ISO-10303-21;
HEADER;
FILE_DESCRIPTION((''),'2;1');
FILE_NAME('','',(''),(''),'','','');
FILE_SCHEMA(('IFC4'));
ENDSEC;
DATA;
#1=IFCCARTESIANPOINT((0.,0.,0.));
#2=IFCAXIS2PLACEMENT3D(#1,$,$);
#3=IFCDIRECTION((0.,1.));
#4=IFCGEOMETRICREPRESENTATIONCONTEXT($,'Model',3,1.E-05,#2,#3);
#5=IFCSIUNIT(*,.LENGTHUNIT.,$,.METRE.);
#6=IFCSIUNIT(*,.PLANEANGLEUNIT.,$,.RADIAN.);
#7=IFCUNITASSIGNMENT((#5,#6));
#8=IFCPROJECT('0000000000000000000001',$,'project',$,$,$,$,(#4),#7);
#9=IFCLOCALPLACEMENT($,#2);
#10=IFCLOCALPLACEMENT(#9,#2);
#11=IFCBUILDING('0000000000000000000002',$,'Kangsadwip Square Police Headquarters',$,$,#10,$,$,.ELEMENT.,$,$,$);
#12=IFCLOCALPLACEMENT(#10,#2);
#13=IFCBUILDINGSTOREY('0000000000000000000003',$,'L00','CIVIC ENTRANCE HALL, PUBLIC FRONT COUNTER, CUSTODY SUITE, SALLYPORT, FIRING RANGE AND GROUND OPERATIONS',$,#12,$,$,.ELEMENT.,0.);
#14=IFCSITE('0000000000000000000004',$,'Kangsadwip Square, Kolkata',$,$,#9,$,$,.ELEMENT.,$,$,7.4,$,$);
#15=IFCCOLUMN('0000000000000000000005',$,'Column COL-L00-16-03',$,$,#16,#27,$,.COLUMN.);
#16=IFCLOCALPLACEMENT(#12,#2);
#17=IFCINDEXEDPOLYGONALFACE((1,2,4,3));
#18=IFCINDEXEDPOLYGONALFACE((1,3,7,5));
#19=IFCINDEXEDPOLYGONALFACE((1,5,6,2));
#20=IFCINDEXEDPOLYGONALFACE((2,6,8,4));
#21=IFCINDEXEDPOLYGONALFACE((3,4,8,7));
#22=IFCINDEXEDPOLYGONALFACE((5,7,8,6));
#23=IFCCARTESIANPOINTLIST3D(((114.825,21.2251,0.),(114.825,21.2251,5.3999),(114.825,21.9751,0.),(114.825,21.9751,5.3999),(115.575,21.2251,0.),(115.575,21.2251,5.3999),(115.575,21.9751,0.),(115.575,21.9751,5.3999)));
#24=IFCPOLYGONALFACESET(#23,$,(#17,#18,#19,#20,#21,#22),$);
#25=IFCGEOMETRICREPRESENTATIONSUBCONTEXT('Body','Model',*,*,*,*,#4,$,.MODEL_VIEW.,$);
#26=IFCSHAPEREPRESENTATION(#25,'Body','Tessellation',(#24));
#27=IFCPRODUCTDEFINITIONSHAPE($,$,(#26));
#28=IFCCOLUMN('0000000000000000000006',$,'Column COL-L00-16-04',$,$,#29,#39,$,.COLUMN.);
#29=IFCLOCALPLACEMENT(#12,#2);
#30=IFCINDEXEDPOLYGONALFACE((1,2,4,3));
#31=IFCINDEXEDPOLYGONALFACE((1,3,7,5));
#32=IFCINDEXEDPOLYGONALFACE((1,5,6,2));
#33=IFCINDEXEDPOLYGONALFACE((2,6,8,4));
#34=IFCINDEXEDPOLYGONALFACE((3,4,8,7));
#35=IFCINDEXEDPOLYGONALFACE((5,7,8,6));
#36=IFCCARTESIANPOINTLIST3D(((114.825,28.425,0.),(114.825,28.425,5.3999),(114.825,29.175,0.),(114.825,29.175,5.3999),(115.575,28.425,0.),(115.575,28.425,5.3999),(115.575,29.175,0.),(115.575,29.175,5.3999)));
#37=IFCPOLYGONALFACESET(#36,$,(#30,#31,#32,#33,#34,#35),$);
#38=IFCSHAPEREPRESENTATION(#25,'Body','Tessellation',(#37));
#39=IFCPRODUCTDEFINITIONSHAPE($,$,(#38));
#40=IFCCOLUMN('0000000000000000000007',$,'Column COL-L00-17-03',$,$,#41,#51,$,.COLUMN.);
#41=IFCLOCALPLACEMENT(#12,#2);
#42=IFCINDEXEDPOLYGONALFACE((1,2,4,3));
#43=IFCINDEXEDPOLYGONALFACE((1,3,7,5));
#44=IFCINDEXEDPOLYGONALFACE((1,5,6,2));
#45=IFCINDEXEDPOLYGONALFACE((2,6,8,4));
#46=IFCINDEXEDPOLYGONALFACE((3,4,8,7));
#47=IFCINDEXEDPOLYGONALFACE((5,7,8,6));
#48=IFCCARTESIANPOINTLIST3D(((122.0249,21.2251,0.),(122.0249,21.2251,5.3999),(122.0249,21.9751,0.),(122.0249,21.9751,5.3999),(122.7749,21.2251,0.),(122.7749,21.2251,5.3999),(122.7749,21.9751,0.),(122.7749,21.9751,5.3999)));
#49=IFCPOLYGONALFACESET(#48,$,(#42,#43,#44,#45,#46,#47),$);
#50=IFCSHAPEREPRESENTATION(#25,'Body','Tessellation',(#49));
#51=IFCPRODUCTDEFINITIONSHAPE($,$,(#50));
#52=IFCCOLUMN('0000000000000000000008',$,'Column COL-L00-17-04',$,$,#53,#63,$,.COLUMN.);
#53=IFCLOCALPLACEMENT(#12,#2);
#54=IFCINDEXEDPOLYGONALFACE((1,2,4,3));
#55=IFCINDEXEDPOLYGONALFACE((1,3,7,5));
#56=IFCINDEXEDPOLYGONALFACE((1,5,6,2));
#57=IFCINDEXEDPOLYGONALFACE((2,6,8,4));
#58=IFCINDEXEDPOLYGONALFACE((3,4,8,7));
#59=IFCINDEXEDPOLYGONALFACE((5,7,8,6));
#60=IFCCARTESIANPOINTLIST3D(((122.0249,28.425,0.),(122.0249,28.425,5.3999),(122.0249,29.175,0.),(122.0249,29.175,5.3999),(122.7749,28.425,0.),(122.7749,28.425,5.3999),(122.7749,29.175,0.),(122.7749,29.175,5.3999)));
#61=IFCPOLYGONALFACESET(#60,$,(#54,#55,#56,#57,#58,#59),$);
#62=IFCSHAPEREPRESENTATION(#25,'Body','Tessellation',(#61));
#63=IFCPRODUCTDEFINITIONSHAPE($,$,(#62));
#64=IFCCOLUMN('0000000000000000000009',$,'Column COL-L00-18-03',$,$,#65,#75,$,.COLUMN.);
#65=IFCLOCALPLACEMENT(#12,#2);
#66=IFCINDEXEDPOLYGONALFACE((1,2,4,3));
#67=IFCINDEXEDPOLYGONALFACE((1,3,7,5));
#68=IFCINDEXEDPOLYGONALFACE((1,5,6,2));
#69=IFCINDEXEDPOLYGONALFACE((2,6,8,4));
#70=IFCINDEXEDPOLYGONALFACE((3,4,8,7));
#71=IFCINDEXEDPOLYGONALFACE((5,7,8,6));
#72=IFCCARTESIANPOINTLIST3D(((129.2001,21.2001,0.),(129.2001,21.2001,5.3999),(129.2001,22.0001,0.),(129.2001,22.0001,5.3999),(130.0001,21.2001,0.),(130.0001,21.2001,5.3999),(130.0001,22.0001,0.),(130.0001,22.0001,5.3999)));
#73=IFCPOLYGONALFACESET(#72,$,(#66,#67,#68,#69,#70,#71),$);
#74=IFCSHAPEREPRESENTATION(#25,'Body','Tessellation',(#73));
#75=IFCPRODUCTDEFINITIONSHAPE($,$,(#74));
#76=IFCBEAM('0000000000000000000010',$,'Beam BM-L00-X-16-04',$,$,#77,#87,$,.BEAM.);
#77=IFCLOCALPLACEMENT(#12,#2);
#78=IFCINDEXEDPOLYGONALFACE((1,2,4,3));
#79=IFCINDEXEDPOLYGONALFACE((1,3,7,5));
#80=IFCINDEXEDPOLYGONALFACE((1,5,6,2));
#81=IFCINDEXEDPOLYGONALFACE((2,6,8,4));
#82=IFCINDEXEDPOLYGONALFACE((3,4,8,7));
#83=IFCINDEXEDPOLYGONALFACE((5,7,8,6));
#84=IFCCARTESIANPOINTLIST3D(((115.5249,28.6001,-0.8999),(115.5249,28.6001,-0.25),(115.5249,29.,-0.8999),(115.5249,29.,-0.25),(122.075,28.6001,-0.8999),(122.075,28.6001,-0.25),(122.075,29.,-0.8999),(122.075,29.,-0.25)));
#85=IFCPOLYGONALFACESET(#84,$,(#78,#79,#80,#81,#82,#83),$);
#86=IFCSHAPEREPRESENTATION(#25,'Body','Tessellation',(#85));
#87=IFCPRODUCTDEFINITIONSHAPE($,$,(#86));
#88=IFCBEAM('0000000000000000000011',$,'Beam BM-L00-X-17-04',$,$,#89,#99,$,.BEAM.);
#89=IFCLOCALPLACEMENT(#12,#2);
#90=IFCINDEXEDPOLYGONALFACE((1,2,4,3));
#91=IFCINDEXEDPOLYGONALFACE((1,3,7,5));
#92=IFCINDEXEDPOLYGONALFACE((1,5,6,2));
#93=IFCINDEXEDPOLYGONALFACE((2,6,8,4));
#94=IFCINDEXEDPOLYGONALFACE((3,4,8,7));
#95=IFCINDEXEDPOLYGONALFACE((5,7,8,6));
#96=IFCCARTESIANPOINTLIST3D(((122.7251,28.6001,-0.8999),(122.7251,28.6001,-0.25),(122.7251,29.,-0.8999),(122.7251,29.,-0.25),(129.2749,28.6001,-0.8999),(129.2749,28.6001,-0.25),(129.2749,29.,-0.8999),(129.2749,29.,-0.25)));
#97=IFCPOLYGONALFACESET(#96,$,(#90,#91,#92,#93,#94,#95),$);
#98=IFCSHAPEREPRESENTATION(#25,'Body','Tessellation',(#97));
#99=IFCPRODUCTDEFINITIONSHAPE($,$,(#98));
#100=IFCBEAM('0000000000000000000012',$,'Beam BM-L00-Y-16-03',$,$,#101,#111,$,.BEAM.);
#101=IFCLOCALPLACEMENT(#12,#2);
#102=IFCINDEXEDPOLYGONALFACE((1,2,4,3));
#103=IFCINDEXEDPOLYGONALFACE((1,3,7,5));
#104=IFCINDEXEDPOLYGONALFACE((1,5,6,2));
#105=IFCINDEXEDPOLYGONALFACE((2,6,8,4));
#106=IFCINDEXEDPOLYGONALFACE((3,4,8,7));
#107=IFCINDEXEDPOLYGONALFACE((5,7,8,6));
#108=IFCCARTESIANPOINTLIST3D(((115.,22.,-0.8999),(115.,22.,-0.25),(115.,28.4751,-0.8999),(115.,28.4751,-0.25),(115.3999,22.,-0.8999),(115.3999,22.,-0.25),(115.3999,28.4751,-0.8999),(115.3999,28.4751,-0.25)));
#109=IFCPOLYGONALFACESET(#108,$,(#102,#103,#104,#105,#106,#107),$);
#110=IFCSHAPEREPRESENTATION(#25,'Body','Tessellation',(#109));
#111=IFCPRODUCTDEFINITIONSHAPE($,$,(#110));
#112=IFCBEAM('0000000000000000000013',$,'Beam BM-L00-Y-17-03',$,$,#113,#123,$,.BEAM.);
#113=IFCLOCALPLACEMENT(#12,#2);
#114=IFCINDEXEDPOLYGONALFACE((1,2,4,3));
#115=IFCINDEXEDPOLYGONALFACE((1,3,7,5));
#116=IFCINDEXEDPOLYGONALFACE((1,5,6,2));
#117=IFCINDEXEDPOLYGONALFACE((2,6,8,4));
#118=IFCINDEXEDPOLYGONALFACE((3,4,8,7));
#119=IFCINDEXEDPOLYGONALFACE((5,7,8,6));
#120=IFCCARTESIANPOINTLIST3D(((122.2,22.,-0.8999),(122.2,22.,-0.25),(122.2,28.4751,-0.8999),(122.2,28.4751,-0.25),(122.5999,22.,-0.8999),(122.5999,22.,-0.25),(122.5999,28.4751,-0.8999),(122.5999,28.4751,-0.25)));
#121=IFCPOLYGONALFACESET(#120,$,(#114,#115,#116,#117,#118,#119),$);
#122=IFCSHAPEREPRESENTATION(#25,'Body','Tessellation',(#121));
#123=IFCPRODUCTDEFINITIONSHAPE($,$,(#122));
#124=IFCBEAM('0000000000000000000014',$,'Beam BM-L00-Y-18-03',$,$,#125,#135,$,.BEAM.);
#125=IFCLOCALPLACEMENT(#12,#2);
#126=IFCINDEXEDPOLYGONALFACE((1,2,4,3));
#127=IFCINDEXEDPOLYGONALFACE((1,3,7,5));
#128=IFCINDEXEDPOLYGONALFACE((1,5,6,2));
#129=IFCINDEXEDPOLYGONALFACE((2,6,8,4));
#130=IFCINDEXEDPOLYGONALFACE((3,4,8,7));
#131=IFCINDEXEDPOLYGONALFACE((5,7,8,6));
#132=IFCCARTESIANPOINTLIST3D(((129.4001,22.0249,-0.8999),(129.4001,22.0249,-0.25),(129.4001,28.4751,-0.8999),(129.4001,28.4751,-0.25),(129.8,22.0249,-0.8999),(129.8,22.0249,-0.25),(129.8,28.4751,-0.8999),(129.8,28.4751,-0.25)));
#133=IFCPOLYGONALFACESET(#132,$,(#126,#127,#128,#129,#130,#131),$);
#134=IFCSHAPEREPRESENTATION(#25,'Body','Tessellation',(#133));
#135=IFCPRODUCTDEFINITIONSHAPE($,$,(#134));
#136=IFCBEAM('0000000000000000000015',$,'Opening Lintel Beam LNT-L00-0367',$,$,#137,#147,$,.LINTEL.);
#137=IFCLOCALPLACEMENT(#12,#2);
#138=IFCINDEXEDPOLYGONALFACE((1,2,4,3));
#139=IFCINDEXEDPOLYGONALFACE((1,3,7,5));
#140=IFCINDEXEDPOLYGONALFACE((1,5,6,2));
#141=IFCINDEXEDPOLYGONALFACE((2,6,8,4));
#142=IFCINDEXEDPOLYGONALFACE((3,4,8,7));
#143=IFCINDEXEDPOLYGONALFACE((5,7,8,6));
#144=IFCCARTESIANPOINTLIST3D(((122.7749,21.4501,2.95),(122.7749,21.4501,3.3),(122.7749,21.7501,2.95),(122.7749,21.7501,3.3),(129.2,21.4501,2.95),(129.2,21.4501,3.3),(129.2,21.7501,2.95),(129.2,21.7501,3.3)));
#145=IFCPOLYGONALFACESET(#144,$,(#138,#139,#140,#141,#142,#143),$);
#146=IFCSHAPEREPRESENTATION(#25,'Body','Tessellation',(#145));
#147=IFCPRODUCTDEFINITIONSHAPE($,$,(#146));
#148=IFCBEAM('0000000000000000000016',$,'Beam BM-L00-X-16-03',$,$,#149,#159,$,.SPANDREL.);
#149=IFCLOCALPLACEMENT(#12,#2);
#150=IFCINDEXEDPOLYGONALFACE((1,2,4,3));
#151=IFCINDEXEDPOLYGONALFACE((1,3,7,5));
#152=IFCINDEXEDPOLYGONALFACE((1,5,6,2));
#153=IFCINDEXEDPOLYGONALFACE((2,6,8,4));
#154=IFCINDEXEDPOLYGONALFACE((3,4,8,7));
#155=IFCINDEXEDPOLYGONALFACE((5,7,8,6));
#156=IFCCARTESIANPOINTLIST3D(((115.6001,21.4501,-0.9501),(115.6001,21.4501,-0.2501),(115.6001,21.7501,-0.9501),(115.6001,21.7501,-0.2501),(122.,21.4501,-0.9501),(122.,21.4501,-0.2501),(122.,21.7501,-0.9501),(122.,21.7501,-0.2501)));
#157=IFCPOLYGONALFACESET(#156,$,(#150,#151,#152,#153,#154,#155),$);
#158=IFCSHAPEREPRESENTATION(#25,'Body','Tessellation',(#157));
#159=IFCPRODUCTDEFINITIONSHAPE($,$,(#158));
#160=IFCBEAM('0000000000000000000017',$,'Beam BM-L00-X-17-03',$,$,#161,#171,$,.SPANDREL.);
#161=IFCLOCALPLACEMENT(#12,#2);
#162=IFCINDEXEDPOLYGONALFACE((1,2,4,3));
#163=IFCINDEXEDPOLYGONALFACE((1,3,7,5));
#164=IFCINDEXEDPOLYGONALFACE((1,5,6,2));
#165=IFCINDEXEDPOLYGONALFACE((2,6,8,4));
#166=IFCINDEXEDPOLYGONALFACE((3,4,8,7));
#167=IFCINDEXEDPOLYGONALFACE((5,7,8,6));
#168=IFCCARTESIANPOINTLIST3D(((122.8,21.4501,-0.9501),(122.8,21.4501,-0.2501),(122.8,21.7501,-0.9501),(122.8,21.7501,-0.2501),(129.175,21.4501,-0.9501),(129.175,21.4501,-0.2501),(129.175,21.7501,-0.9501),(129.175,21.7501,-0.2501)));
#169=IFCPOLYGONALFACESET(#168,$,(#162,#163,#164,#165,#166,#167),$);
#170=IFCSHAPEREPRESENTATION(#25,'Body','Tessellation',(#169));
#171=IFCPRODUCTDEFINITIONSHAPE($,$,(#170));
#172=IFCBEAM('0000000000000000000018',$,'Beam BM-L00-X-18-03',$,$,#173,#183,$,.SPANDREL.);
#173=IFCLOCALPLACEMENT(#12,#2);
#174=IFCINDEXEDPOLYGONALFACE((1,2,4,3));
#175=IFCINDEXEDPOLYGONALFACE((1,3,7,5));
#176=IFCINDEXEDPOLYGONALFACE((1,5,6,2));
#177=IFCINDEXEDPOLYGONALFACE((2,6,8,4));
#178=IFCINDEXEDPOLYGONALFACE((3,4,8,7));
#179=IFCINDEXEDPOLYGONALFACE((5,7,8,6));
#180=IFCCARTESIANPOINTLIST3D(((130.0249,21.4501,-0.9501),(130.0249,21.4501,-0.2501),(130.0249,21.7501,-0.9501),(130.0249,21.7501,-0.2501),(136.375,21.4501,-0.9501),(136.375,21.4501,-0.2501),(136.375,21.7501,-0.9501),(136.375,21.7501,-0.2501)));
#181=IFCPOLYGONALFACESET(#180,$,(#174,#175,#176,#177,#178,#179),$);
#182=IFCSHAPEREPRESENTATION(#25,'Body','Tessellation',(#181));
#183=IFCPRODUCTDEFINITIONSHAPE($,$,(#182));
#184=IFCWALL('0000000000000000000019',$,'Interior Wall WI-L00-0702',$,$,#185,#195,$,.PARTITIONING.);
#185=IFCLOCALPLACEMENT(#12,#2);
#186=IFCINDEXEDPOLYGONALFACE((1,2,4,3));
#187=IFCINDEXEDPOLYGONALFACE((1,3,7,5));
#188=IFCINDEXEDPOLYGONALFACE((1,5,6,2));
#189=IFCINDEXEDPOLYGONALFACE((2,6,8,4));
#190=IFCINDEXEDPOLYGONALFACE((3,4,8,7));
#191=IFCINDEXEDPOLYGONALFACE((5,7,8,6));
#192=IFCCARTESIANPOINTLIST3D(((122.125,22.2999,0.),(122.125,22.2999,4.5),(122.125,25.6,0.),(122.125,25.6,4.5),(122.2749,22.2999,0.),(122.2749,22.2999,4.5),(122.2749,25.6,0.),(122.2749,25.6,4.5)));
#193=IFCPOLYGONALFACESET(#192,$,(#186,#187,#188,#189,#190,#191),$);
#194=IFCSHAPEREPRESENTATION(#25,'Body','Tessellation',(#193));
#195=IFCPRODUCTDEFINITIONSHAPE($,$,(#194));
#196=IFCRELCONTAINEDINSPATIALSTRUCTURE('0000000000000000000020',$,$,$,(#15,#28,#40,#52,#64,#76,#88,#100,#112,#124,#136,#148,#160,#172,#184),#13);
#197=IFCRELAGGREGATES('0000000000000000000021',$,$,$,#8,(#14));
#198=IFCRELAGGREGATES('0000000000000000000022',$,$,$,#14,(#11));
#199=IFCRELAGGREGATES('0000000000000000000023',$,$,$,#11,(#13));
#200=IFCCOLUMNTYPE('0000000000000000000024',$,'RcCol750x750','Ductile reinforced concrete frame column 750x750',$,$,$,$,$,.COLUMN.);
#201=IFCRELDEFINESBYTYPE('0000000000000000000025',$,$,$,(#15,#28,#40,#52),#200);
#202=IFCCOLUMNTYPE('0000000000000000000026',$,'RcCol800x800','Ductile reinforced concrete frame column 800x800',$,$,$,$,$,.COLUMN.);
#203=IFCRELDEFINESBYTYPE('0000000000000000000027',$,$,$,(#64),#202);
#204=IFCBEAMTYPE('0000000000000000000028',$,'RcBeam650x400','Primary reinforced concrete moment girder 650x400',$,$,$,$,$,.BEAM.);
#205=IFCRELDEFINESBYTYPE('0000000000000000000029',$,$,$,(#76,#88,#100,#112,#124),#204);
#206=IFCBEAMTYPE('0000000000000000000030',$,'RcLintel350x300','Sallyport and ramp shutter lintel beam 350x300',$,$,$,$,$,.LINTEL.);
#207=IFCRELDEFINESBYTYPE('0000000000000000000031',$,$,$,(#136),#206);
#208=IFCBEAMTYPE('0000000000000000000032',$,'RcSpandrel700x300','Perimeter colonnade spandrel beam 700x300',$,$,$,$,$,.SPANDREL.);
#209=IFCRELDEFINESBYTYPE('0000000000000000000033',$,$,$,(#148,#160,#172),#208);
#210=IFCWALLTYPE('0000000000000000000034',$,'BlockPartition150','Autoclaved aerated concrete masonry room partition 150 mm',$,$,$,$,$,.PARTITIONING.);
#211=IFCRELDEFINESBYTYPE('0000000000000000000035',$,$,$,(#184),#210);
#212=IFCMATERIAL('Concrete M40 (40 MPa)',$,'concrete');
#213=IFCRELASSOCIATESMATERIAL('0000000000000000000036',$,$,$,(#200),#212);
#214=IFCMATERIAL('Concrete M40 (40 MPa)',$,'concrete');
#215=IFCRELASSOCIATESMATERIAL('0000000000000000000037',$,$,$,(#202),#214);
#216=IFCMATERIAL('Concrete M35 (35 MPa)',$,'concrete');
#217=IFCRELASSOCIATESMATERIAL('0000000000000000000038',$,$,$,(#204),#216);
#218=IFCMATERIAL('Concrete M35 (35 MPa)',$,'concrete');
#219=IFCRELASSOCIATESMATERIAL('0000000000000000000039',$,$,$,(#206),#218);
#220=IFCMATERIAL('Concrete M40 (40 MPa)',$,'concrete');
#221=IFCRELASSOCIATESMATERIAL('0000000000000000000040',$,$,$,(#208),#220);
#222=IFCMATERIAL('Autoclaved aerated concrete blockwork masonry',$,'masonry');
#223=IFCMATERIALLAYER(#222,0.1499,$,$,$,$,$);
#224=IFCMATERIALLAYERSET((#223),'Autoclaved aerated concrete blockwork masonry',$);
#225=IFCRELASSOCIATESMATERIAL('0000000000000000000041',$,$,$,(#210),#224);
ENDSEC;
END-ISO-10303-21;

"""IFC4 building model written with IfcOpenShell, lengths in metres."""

from ifc_helpers import new_model, si_unit, direction, frame, frame_2d, origin, origin_2d, place, context, subcontext, project, spatial, rectangle, extrude, material, layer, layer_set, material_profile, profile_set, type_object, element, save


model = new_model("IFC4")

# Units and contexts
model_context = context("Model", 3, precision=1e-05, world=origin(), true_north=direction((0.0, 1.0)))
body_context = subcontext(model_context, "Body", "Model", "MODEL_VIEW")
ifc_project = project(units=[si_unit("LENGTHUNIT", "METRE"), si_unit("PLANEANGLEUNIT", "RADIAN")], contexts=[model_context])

# Site, building, storey
site_placement = place(None, origin())
site = spatial("IfcSite", under=ifc_project, at=site_placement, Name="Kangsadwip Square, Kolkata", CompositionType="ELEMENT", RefElevation=7.4)
building_placement = place(site_placement, origin())
building = spatial("IfcBuilding", under=site, at=building_placement, Name="Kangsadwip Square Police Headquarters", CompositionType="ELEMENT")
storey_placement = place(building_placement, origin())
storey = spatial("IfcBuildingStorey", under=building, at=storey_placement, Name="L00", Description="CIVIC ENTRANCE HALL, PUBLIC FRONT COUNTER, CUSTODY SUITE, SALLYPORT, FIRING RANGE AND GROUND OPERATIONS", CompositionType="ELEMENT", Elevation=0.0)

# Columns
ifc_material_1 = material(Name="Concrete M40 (40 MPa)", Category="concrete")
ifc_material_profile_1 = material_profile(ifc_material_1, rectangle(XDim=0.75, YDim=0.75, at=origin_2d()), Name="RC COL 750X750")
ifc_profile_set_1 = profile_set([ifc_material_profile_1], Name="Concrete M40 (40 MPa)")
column_type_1 = type_object("IfcColumnType", Name="RcCol750x750", Description="Ductile reinforced concrete frame column 750x750", PredefinedType="COLUMN", material=ifc_profile_set_1)
for number, where, z_axis, x_axis, name in (
    (1, (115.2, 21.6001, 0.0), (0.0, 0.0, 1.0), (1.0, 0.0, 0.0), "Column COL-L00-16-03"),
    (2, (115.2, 28.8, 0.0), (0.0, 0.0, 1.0), (1.0, 0.0, 0.0), "Column COL-L00-16-04"),
    (3, (122.3999, 21.6001, 0.0), (0.0, 0.0, 1.0), (1.0, 0.0, 0.0), "Column COL-L00-17-03"),
    (4, (122.3999, 28.8, 0.0), (0.0, 0.0, 1.0), (1.0, 0.0, 0.0), "Column COL-L00-17-04"),
):
    element("IfcColumn", number, at=place(storey_placement, frame(where, z_axis=z_axis, x_axis=x_axis)), inside=storey, type_object=column_type_1, Name=name, PredefinedType="COLUMN", context=body_context, shape_type="SweptSolid", body=[
        extrude(rectangle(XDim=0.75, YDim=0.75, at=origin_2d()), origin(), (0.0, 0.0, 1.0), 5.3999),
    ])
ifc_material_2 = material(Name="Concrete M40 (40 MPa)", Category="concrete")
ifc_material_profile_2 = material_profile(ifc_material_2, rectangle(XDim=0.8, YDim=0.8, at=origin_2d()), Name="RC COL 800X800")
ifc_profile_set_2 = profile_set([ifc_material_profile_2], Name="Concrete M40 (40 MPa)")
column_type_2 = type_object("IfcColumnType", Name="RcCol800x800", Description="Ductile reinforced concrete frame column 800x800", PredefinedType="COLUMN", material=ifc_profile_set_2)
column_placement = place(storey_placement, frame((129.6001, 21.6001, 0.0), z_axis=(0.0, 0.0, 1.0), x_axis=(1.0, 0.0, 0.0)))
element("IfcColumn", 5, at=column_placement, inside=storey, type_object=column_type_2, Name="Column COL-L00-18-03", PredefinedType="COLUMN", context=body_context, shape_type="SweptSolid", body=[
    extrude(rectangle(XDim=0.8, YDim=0.8, at=origin_2d()), origin(), (0.0, 0.0, 1.0), 5.3999),
])

# Beams
ifc_material_3 = material(Name="Concrete M35 (35 MPa)", Category="concrete")
ifc_material_profile_3 = material_profile(ifc_material_3, rectangle(XDim=0.3999, YDim=0.6499, at=origin_2d()), Name="RC BM 650X400")
ifc_profile_set_3 = profile_set([ifc_material_profile_3], Name="Concrete M35 (35 MPa)")
beam_type_1 = type_object("IfcBeamType", Name="RcBeam650x400", Description="Primary reinforced concrete moment girder 650x400", PredefinedType="BEAM", material=ifc_profile_set_3)
beam_1_placement = place(storey_placement, frame((115.5249, 28.8, -0.575), z_axis=(1.0, 0.0, 0.0), x_axis=(0.0, 1.0, 0.0)))
element("IfcBeam", 6, at=beam_1_placement, inside=storey, type_object=beam_type_1, Name="Beam BM-L00-X-16-04", PredefinedType="BEAM", context=body_context, shape_type="SweptSolid", body=[
    extrude(rectangle(XDim=0.3999, YDim=0.6499, at=origin_2d()), origin(), (0.0, 0.0, 1.0), 6.55),
])
beam_2_placement = place(storey_placement, frame((122.7251, 28.8, -0.575), z_axis=(1.0, 0.0, 0.0), x_axis=(0.0, 1.0, 0.0)))
element("IfcBeam", 7, at=beam_2_placement, inside=storey, type_object=beam_type_1, Name="Beam BM-L00-X-17-04", PredefinedType="BEAM", context=body_context, shape_type="SweptSolid", body=[
    extrude(rectangle(XDim=0.3999, YDim=0.6499, at=origin_2d()), origin(), (0.0, 0.0, 1.0), 6.5498),
])
for number, where, z_axis, x_axis, name in (
    (8, (115.2, 22.0, -0.575), (0.0, 1.0, 0.0), (-1.0, 0.0, 0.0), "Beam BM-L00-Y-16-03"),
    (9, (122.3999, 22.0, -0.575), (0.0, 1.0, 0.0), (-1.0, 0.0, 0.0), "Beam BM-L00-Y-17-03"),
):
    element("IfcBeam", number, at=place(storey_placement, frame(where, z_axis=z_axis, x_axis=x_axis)), inside=storey, type_object=beam_type_1, Name=name, PredefinedType="BEAM", context=body_context, shape_type="SweptSolid", body=[
        extrude(rectangle(XDim=0.3999, YDim=0.6499, at=origin_2d()), origin(), (0.0, 0.0, 1.0), 6.4751),
    ])
beam_3_placement = place(storey_placement, frame((129.6001, 22.0249, -0.575), z_axis=(0.0, 1.0, 0.0), x_axis=(-1.0, 0.0, 0.0)))
element("IfcBeam", 10, at=beam_3_placement, inside=storey, type_object=beam_type_1, Name="Beam BM-L00-Y-18-03", PredefinedType="BEAM", context=body_context, shape_type="SweptSolid", body=[
    extrude(rectangle(XDim=0.3999, YDim=0.6499, at=origin_2d()), origin(), (0.0, 0.0, 1.0), 6.4502),
])
ifc_material_4 = material(Name="Concrete M35 (35 MPa)", Category="concrete")
ifc_material_profile_4 = material_profile(ifc_material_4, rectangle(XDim=0.3, YDim=0.3501, at=origin_2d()), Name="RC LNT 350X300")
ifc_profile_set_4 = profile_set([ifc_material_profile_4], Name="Concrete M35 (35 MPa)")
beam_type_2 = type_object("IfcBeamType", Name="RcLintel350x300", Description="Sallyport and ramp shutter lintel beam 350x300", PredefinedType="LINTEL", material=ifc_profile_set_4)
beam_4_placement = place(storey_placement, frame((122.7749, 21.6001, 3.125), z_axis=(1.0, 0.0, 0.0), x_axis=(0.0, 1.0, 0.0)))
element("IfcBeam", 11, at=beam_4_placement, inside=storey, type_object=beam_type_2, Name="Opening Lintel Beam LNT-L00-0367", PredefinedType="LINTEL", context=body_context, shape_type="SweptSolid", body=[
    extrude(rectangle(XDim=0.3, YDim=0.3501, at=origin_2d()), origin(), (0.0, 0.0, 1.0), 6.425),
])
ifc_material_5 = material(Name="Concrete M40 (40 MPa)", Category="concrete")
ifc_material_profile_5 = material_profile(ifc_material_5, rectangle(XDim=0.3, YDim=0.7, at=origin_2d()), Name="RC SPN 700X300")
ifc_profile_set_5 = profile_set([ifc_material_profile_5], Name="Concrete M40 (40 MPa)")
beam_type_3 = type_object("IfcBeamType", Name="RcSpandrel700x300", Description="Perimeter colonnade spandrel beam 700x300", PredefinedType="SPANDREL", material=ifc_profile_set_5)
beam_5_placement = place(storey_placement, frame((115.6001, 21.6001, -0.6001), z_axis=(1.0, 0.0, 0.0), x_axis=(0.0, 1.0, 0.0)))
element("IfcBeam", 12, at=beam_5_placement, inside=storey, type_object=beam_type_3, Name="Beam BM-L00-X-16-03", PredefinedType="SPANDREL", context=body_context, shape_type="SweptSolid", body=[
    extrude(rectangle(XDim=0.3, YDim=0.7, at=origin_2d()), origin(), (0.0, 0.0, 1.0), 6.3999),
])
beam_6_placement = place(storey_placement, frame((122.8, 21.6001, -0.6001), z_axis=(1.0, 0.0, 0.0), x_axis=(0.0, 1.0, 0.0)))
element("IfcBeam", 13, at=beam_6_placement, inside=storey, type_object=beam_type_3, Name="Beam BM-L00-X-17-03", PredefinedType="SPANDREL", context=body_context, shape_type="SweptSolid", body=[
    extrude(rectangle(XDim=0.3, YDim=0.7, at=origin_2d()), origin(), (0.0, 0.0, 1.0), 6.375),
])
beam_7_placement = place(storey_placement, frame((130.0249, 21.6001, -0.6001), z_axis=(1.0, 0.0, 0.0), x_axis=(0.0, 1.0, 0.0)))
element("IfcBeam", 14, at=beam_7_placement, inside=storey, type_object=beam_type_3, Name="Beam BM-L00-X-18-03", PredefinedType="SPANDREL", context=body_context, shape_type="SweptSolid", body=[
    extrude(rectangle(XDim=0.3, YDim=0.7, at=origin_2d()), origin(), (0.0, 0.0, 1.0), 6.3501),
])

# Wall
ifc_material_6 = material(Name="Autoclaved aerated concrete blockwork masonry", Category="masonry")
ifc_layer_1 = layer(ifc_material_6, 0.1499)
ifc_layer_set_1 = layer_set([ifc_layer_1], Name="Autoclaved aerated concrete blockwork masonry")
wall_type_1 = type_object("IfcWallType", Name="BlockPartition150", Description="Autoclaved aerated concrete masonry room partition 150 mm", PredefinedType="PARTITIONING", material=ifc_layer_set_1)
wall_1_placement = place(storey_placement, frame((122.2, 22.3, 0.0), z_axis=(0.0, 0.0, 1.0), x_axis=(0.0, 1.0, 0.0)))
element("IfcWall", 15, at=wall_1_placement, inside=storey, type_object=wall_type_1, Name="Interior Wall WI-L00-0702", PredefinedType="PARTITIONING", context=body_context, shape_type="SweptSolid", body=[
    extrude(rectangle(XDim=3.3, YDim=0.1499, at=frame_2d((1.6499, 0.0))), origin(), (0.0, 0.0, 1.0), 4.5),
])

save(model, "model.ifc")
